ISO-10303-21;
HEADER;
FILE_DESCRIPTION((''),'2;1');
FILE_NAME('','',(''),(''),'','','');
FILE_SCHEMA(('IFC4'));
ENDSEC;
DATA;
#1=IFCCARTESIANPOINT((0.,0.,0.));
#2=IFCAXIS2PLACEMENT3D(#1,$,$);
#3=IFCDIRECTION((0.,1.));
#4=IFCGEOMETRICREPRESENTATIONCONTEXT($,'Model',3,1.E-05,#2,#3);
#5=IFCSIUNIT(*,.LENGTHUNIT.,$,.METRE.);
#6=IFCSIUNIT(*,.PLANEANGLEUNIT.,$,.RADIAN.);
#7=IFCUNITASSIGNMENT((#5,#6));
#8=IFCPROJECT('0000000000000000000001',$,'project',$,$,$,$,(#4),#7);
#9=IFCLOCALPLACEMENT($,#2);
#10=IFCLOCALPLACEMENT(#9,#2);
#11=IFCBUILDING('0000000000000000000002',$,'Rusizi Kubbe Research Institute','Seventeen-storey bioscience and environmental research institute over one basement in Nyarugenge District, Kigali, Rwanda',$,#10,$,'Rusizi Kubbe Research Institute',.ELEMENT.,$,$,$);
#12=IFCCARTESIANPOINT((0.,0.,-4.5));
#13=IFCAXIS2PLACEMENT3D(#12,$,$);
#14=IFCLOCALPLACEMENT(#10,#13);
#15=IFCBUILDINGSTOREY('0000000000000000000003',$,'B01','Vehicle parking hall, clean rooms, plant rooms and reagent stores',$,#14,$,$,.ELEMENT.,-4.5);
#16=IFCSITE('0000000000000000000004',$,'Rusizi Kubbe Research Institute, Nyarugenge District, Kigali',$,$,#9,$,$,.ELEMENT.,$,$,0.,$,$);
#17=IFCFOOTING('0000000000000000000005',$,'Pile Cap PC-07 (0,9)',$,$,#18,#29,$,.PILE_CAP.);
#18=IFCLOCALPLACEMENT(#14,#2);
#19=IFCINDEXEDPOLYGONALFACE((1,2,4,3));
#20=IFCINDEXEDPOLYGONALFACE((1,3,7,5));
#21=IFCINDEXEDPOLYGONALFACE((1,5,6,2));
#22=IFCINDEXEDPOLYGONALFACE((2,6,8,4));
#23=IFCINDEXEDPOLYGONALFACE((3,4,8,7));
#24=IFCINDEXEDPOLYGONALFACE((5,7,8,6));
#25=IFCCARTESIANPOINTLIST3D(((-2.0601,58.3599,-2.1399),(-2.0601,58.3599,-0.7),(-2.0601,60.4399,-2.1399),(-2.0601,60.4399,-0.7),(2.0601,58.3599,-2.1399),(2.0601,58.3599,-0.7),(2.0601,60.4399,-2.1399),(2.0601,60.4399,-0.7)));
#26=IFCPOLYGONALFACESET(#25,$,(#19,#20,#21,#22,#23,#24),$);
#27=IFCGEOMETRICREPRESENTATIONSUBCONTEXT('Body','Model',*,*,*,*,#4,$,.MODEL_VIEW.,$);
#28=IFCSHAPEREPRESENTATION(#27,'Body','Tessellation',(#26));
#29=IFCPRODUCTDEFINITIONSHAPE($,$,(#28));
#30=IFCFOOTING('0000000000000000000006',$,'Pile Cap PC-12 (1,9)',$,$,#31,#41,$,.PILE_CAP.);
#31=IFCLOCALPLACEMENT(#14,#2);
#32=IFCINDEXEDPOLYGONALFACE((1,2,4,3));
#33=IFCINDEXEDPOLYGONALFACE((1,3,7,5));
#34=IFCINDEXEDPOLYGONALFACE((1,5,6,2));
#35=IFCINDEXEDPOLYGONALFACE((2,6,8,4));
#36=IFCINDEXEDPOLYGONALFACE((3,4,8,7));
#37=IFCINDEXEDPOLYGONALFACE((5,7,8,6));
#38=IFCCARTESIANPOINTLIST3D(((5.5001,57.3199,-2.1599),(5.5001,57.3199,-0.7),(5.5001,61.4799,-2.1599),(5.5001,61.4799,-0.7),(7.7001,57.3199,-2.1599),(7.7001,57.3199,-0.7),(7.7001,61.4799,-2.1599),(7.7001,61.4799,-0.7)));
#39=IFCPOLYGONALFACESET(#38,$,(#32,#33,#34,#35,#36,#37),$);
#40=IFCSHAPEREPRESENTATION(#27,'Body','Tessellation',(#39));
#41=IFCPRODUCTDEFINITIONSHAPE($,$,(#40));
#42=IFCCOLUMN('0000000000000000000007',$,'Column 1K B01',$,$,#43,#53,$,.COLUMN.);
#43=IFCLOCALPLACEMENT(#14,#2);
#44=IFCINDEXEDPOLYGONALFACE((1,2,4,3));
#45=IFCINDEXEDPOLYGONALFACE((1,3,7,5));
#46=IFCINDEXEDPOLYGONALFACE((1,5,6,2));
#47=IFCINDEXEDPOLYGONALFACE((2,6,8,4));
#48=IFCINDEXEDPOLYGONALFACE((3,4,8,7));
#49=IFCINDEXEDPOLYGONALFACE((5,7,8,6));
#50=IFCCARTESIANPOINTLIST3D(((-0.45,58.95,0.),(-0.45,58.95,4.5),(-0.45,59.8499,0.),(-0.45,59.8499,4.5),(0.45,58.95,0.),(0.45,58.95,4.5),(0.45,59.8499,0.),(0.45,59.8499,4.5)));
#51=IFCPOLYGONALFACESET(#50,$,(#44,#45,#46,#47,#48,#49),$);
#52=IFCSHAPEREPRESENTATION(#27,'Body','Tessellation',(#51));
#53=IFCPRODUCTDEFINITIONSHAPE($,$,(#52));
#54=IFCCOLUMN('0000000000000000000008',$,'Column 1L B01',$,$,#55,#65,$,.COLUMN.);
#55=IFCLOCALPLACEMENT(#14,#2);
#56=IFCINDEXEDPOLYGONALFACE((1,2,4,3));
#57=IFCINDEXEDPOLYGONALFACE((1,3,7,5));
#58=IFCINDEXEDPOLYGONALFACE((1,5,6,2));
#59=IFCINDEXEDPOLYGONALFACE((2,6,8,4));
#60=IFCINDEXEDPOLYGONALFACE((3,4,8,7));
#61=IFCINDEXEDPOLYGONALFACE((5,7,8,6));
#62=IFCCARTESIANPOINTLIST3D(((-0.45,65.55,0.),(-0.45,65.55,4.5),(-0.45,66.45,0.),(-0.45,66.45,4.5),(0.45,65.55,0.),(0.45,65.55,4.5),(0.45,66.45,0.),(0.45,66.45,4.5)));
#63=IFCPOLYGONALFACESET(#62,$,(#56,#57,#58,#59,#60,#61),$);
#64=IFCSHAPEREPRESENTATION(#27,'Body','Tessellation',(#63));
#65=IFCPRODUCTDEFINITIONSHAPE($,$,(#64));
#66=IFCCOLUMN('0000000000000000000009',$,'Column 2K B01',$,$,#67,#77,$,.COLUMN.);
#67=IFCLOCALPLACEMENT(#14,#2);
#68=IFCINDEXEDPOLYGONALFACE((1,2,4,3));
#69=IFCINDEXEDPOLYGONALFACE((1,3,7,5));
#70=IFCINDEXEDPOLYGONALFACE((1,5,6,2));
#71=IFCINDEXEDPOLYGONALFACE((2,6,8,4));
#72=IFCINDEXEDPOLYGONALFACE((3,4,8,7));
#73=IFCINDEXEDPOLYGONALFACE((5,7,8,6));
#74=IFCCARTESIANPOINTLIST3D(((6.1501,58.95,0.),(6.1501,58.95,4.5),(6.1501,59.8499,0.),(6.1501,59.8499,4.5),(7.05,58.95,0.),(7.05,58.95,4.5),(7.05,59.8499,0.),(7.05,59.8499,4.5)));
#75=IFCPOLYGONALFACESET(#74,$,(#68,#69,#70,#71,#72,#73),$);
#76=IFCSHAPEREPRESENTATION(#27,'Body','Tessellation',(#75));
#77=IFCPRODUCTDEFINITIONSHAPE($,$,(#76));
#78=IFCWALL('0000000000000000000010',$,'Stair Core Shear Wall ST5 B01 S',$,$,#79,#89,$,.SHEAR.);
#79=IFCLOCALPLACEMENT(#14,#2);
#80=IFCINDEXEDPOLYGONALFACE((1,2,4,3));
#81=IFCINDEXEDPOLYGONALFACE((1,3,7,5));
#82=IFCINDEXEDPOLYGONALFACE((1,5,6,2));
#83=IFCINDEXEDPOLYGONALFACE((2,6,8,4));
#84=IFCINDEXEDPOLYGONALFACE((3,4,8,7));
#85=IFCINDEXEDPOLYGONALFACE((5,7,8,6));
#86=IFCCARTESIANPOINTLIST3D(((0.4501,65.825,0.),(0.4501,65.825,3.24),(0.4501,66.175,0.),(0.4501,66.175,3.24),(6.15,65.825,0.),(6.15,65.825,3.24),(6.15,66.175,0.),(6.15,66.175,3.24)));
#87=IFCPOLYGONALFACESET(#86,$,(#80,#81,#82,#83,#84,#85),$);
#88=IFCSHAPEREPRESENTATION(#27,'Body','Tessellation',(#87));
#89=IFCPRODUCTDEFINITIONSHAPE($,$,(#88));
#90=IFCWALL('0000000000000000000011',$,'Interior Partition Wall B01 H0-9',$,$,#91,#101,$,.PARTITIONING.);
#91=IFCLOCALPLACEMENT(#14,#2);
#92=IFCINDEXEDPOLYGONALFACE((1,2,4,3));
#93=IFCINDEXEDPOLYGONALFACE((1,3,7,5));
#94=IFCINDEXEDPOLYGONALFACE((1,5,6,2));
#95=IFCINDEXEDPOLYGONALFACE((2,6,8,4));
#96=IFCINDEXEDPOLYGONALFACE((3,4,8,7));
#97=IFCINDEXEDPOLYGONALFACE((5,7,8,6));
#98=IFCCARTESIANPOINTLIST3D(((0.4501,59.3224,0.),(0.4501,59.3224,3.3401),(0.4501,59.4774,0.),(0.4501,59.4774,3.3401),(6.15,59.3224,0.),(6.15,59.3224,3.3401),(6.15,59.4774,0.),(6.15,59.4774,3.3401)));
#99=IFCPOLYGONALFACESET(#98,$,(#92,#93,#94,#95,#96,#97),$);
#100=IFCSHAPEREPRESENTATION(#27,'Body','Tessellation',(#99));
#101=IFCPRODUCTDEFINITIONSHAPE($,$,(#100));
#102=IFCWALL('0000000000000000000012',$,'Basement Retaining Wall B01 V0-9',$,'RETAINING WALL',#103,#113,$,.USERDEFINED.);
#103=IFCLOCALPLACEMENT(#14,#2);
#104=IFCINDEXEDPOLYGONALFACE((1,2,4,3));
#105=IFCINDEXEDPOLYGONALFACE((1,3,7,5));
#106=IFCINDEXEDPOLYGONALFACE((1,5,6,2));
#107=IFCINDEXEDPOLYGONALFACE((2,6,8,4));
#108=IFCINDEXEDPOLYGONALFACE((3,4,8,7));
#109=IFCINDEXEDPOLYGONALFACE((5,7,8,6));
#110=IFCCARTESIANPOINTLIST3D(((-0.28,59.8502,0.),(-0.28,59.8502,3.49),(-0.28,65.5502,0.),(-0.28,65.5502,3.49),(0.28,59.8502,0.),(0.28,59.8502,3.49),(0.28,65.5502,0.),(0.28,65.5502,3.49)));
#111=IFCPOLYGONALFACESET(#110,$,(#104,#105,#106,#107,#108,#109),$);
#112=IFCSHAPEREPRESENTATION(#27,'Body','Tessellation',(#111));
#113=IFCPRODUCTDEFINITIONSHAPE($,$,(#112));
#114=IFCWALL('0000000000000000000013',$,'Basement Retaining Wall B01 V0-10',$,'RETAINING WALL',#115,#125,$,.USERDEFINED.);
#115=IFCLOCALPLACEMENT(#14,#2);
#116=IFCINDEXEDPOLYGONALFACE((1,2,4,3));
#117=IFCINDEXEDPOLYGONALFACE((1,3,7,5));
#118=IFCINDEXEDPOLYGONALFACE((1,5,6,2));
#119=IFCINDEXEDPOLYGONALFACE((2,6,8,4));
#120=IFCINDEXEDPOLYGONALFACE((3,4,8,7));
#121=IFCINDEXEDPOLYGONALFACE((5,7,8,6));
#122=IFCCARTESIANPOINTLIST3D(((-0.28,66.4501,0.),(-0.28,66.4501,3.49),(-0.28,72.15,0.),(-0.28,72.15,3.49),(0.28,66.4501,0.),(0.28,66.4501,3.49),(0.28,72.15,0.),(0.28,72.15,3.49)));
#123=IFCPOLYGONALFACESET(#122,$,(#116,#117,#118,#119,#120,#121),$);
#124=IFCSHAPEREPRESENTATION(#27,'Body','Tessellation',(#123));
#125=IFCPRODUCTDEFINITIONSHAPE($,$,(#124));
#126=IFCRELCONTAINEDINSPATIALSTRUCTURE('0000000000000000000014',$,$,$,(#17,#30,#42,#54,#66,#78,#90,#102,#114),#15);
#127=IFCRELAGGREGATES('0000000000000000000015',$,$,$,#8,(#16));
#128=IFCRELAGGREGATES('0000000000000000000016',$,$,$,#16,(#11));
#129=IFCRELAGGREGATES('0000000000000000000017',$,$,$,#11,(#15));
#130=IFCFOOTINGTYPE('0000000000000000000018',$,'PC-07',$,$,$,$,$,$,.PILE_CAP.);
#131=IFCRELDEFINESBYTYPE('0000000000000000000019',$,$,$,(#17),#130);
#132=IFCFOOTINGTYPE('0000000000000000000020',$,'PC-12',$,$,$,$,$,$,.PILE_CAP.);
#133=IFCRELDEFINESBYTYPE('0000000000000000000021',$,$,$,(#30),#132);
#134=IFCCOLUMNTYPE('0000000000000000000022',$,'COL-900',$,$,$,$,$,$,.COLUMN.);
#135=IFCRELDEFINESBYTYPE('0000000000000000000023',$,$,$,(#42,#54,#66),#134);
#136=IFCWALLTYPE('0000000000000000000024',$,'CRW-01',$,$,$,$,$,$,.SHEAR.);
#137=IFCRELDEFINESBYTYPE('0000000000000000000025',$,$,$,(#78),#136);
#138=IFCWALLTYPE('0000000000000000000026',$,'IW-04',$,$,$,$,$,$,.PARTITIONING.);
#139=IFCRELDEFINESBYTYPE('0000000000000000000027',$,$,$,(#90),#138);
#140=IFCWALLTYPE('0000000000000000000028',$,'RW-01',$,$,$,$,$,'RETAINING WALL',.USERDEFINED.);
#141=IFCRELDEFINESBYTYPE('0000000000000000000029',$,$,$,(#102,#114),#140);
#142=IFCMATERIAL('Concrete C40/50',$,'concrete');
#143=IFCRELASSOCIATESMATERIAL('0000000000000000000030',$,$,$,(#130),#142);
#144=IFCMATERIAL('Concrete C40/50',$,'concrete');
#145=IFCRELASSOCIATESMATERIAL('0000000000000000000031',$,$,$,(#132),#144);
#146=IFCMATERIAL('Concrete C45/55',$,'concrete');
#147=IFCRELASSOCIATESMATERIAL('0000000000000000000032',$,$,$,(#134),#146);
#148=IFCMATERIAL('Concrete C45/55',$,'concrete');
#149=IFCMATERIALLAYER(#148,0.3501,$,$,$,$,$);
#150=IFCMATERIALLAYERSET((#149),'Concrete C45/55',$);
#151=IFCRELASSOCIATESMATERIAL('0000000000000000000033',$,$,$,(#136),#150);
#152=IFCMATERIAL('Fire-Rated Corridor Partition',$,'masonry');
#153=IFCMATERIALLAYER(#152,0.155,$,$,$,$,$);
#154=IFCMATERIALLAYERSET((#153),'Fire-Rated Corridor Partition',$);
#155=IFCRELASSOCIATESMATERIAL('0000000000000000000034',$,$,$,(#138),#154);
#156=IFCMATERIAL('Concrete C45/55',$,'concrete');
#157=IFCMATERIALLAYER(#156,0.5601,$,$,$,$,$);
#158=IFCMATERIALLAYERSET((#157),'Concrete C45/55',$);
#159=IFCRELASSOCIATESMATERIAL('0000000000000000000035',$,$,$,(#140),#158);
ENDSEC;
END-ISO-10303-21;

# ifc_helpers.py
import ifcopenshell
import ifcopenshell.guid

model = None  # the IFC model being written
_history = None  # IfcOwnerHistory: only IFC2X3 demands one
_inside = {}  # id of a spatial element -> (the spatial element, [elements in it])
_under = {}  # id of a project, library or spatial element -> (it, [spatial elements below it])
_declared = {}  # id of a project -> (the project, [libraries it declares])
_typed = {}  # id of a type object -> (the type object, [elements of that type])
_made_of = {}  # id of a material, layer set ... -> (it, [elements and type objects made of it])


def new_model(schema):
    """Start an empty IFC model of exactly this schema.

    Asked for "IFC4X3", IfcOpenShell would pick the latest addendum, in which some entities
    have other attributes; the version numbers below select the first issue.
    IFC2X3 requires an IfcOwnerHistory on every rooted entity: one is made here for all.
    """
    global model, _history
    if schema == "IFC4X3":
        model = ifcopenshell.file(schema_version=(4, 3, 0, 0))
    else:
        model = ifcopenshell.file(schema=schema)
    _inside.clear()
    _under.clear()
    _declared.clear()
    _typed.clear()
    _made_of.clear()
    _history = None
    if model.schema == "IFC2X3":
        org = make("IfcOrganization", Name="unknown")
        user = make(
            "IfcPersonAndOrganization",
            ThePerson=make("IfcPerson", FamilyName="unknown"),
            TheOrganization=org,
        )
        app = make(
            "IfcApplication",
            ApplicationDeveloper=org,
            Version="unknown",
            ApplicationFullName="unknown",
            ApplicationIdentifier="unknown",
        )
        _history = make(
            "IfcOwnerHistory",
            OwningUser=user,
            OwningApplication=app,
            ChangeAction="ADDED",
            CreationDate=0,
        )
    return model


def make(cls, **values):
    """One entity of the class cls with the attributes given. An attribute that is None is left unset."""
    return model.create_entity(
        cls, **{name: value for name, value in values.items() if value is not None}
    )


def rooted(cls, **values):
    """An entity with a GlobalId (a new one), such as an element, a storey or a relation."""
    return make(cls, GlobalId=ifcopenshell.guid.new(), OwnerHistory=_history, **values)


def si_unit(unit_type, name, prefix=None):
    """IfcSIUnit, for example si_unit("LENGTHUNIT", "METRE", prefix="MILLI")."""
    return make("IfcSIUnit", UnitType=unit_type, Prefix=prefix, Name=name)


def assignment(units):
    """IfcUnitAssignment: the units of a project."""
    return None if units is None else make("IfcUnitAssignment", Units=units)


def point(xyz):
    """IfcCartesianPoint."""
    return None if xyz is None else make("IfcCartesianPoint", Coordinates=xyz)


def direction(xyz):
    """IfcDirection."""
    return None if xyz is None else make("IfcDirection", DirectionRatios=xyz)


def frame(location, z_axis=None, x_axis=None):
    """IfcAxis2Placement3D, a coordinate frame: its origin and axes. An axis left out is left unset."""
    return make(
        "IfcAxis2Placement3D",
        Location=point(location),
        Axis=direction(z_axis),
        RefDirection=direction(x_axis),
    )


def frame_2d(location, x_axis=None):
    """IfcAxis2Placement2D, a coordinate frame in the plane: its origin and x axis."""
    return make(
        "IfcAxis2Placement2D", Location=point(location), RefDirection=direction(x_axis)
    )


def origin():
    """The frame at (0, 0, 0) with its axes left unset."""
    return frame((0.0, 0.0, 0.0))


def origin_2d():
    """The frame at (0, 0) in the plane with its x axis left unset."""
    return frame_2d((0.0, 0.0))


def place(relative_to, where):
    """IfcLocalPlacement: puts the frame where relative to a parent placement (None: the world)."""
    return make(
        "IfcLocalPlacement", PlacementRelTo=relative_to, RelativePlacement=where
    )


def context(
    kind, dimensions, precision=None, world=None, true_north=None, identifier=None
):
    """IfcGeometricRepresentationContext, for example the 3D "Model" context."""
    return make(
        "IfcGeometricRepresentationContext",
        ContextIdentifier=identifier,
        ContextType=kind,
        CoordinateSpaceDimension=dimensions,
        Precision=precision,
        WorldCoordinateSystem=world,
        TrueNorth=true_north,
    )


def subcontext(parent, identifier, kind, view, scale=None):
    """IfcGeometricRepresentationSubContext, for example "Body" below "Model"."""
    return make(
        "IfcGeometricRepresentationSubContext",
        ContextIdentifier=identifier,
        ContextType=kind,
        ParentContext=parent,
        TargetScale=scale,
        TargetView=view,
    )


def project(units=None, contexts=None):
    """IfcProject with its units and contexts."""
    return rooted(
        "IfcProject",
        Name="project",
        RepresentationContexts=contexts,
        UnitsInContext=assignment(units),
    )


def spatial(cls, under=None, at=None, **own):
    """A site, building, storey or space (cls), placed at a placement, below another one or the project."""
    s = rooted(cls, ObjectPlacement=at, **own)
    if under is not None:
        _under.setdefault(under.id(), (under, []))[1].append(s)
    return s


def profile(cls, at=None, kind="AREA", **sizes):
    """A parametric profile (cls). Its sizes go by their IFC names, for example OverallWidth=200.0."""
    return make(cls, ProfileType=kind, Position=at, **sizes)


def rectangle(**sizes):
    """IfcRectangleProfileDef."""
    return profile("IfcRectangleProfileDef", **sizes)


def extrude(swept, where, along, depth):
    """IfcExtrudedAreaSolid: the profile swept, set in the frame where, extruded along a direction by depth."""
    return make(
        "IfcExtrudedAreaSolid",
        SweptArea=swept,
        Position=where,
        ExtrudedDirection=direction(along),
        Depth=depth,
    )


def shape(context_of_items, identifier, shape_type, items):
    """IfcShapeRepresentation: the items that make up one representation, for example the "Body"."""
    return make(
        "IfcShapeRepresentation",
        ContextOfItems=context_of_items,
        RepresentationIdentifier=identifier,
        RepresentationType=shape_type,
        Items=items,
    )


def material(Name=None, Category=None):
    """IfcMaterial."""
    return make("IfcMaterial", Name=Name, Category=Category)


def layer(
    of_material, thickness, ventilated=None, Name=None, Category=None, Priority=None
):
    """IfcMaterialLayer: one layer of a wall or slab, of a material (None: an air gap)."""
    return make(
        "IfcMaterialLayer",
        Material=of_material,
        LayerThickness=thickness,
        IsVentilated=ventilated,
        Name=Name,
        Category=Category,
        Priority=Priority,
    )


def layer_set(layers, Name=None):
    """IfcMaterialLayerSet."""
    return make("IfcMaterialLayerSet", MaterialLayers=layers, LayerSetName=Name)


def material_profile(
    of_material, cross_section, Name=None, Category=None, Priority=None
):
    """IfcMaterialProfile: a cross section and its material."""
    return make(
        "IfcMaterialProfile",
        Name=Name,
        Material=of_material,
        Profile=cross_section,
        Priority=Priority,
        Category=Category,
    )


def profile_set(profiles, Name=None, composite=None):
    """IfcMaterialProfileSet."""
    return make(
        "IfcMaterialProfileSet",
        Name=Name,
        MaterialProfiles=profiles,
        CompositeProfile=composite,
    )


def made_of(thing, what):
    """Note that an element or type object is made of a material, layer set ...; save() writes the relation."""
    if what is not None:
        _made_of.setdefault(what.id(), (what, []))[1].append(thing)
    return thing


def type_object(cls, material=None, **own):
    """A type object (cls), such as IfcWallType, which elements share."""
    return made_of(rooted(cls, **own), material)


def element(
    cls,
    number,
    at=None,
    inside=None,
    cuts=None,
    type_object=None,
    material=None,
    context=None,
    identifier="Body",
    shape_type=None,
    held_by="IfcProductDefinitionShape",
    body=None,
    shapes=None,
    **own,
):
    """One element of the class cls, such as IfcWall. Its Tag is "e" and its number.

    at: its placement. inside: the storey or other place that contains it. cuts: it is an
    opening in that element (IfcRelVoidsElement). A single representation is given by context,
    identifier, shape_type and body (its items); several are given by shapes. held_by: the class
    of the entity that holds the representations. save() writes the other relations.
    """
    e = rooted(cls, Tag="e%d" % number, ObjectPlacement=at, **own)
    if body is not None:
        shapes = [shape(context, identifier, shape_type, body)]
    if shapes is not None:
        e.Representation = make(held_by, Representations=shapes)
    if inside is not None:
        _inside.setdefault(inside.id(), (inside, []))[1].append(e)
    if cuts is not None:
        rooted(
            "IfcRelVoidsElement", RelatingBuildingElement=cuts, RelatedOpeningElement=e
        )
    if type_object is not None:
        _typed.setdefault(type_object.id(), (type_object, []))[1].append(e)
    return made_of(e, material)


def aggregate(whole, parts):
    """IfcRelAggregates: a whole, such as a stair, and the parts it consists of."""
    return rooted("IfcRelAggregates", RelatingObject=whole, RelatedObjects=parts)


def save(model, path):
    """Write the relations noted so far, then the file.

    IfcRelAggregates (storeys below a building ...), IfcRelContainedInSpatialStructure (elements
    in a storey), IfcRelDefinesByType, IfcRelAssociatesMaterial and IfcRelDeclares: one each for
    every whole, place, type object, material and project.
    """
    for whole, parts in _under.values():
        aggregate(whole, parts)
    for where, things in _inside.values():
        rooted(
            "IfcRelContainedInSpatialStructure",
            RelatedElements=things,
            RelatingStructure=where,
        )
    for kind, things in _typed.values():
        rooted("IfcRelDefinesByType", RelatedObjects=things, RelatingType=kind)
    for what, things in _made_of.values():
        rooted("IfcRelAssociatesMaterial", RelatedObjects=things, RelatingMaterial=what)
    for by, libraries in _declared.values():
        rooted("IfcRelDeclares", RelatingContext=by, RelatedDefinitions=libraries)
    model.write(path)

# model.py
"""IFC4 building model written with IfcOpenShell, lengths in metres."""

from ifc_helpers import new_model, si_unit, direction, frame, frame_2d, origin, origin_2d, place, context, subcontext, project, spatial, rectangle, extrude, material, layer, layer_set, material_profile, profile_set, type_object, element, save


model = new_model("IFC4")

# Units and contexts
model_context = context("Model", 3, precision=1e-05, world=origin(), true_north=direction((0.0, 1.0)))
body_context = subcontext(model_context, "Body", "Model", "MODEL_VIEW")
ifc_project = project(units=[si_unit("LENGTHUNIT", "METRE"), si_unit("PLANEANGLEUNIT", "RADIAN")], contexts=[model_context])

# Site, building, storey
site_placement = place(None, origin())
site = spatial("IfcSite", under=ifc_project, at=site_placement, Name="Rusizi Kubbe Research Institute, Nyarugenge District, Kigali", CompositionType="ELEMENT", RefElevation=0.0)
building_placement = place(site_placement, origin())
building = spatial("IfcBuilding", under=site, at=building_placement, Name="Rusizi Kubbe Research Institute", Description="Seventeen-storey bioscience and environmental research institute over one basement in Nyarugenge District, Kigali, Rwanda", LongName="Rusizi Kubbe Research Institute", CompositionType="ELEMENT")
storey_placement = place(building_placement, frame((0.0, 0.0, -4.5)))
storey = spatial("IfcBuildingStorey", under=building, at=storey_placement, Name="B01", Description="Vehicle parking hall, clean rooms, plant rooms and reagent stores", CompositionType="ELEMENT", Elevation=-4.5)

# Footings
ifc_material_1 = material(Name="Concrete C40/50", Category="concrete")
footing_type_1 = type_object("IfcFootingType", Name="PC-07", PredefinedType="PILE_CAP", material=ifc_material_1)
footing_1_placement = place(storey_placement, frame((0.0, 59.3999, -2.1399), z_axis=(0.0, 0.0, 1.0), x_axis=(1.0, 0.0, 0.0)))
element("IfcFooting", 1, at=footing_1_placement, inside=storey, type_object=footing_type_1, Name="Pile Cap PC-07 (0,9)", PredefinedType="PILE_CAP", context=body_context, shape_type="SweptSolid", body=[
    extrude(rectangle(XDim=4.1201, YDim=2.0801, at=origin_2d()), origin(), (0.0, 0.0, 1.0), 1.4399),
])
ifc_material_2 = material(Name="Concrete C40/50", Category="concrete")
footing_type_2 = type_object("IfcFootingType", Name="PC-12", PredefinedType="PILE_CAP", material=ifc_material_2)
footing_2_placement = place(storey_placement, frame((6.6001, 59.3999, -2.1599), z_axis=(0.0, 0.0, 1.0), x_axis=(1.0, 0.0, 0.0)))
element("IfcFooting", 2, at=footing_2_placement, inside=storey, type_object=footing_type_2, Name="Pile Cap PC-12 (1,9)", PredefinedType="PILE_CAP", context=body_context, shape_type="SweptSolid", body=[
    extrude(rectangle(XDim=2.2, YDim=4.1599, at=origin_2d()), origin(), (0.0, 0.0, 1.0), 1.46),
])

# Columns
ifc_material_3 = material(Name="Concrete C45/55", Category="concrete")
ifc_material_profile_1 = material_profile(ifc_material_3, rectangle(XDim=0.8999, YDim=0.8999, at=origin_2d()), Name="RC900x900")
ifc_profile_set_1 = profile_set([ifc_material_profile_1], Name="Concrete C45/55")
column_type = type_object("IfcColumnType", Name="COL-900", PredefinedType="COLUMN", material=ifc_profile_set_1)
for number, where, z_axis, x_axis, name in (
    (3, (0.0, 59.3999, 0.0), (0.0, 0.0, 1.0), (1.0, 0.0, 0.0), "Column 1K B01"),
    (4, (0.0, 66.0, 0.0), (0.0, 0.0, 1.0), (1.0, 0.0, 0.0), "Column 1L B01"),
    (5, (6.6001, 59.3999, 0.0), (0.0, 0.0, 1.0), (1.0, 0.0, 0.0), "Column 2K B01"),
):
    element("IfcColumn", number, at=place(storey_placement, frame(where, z_axis=z_axis, x_axis=x_axis)), inside=storey, type_object=column_type, Name=name, PredefinedType="COLUMN", context=body_context, shape_type="SweptSolid", body=[
        extrude(rectangle(XDim=0.8999, YDim=0.8999, at=origin_2d()), origin(), (0.0, 0.0, 1.0), 4.5),
    ])

# Walls
ifc_material_4 = material(Name="Concrete C45/55", Category="concrete")
ifc_layer_1 = layer(ifc_material_4, 0.3501)
ifc_layer_set_1 = layer_set([ifc_layer_1], Name="Concrete C45/55")
wall_type_1 = type_object("IfcWallType", Name="CRW-01", PredefinedType="SHEAR", material=ifc_layer_set_1)
wall_1_placement = place(storey_placement, frame((0.45, 66.0, 0.0), z_axis=(0.0, 0.0, 1.0), x_axis=(1.0, 0.0, 0.0)))
element("IfcWall", 6, at=wall_1_placement, inside=storey, type_object=wall_type_1, Name="Stair Core Shear Wall ST5 B01 S", PredefinedType="SHEAR", context=body_context, shape_type="SweptSolid", body=[
    extrude(rectangle(XDim=5.7, YDim=0.3501, at=frame_2d((2.8501, 0.0))), origin(), (0.0, 0.0, 1.0), 3.24),
])
ifc_material_5 = material(Name="Fire-Rated Corridor Partition", Category="masonry")
ifc_layer_2 = layer(ifc_material_5, 0.155)
ifc_layer_set_2 = layer_set([ifc_layer_2], Name="Fire-Rated Corridor Partition")
wall_type_2 = type_object("IfcWallType", Name="IW-04", PredefinedType="PARTITIONING", material=ifc_layer_set_2)
wall_2_placement = place(storey_placement, frame((0.45, 59.3999, 0.0), z_axis=(0.0, 0.0, 1.0), x_axis=(1.0, 0.0, 0.0)))
element("IfcWall", 7, at=wall_2_placement, inside=storey, type_object=wall_type_2, Name="Interior Partition Wall B01 H0-9", PredefinedType="PARTITIONING", context=body_context, shape_type="SweptSolid", body=[
    extrude(rectangle(XDim=5.7, YDim=0.155, at=frame_2d((2.8501, 0.0))), origin(), (0.0, 0.0, 1.0), 3.3401),
])

# Walls
ifc_material_6 = material(Name="Concrete C45/55", Category="concrete")
ifc_layer_3 = layer(ifc_material_6, 0.5601)
ifc_layer_set_3 = layer_set([ifc_layer_3], Name="Concrete C45/55")
wall_type_3 = type_object("IfcWallType", Name="RW-01", ElementType="RETAINING WALL", PredefinedType="USERDEFINED", material=ifc_layer_set_3)
for number, where, z_axis, x_axis, name in (
    (8, (0.0, 59.8501, 0.0), (0.0, 0.0, 1.0), (0.0, 1.0, 0.0), "Basement Retaining Wall B01 V0-9"),
    (9, (0.0, 66.45, 0.0), (0.0, 0.0, 1.0), (0.0, 1.0, 0.0), "Basement Retaining Wall B01 V0-10"),
):
    element("IfcWall", number, at=place(storey_placement, frame(where, z_axis=z_axis, x_axis=x_axis)), inside=storey, type_object=wall_type_3, Name=name, ObjectType="RETAINING WALL", PredefinedType="USERDEFINED", context=body_context, shape_type="SweptSolid", body=[
        extrude(rectangle(XDim=5.7, YDim=0.5601, at=frame_2d((2.8501, 0.0))), origin(), (0.0, 0.0, 1.0), 3.49),
    ])

save(model, "model.ifc")
